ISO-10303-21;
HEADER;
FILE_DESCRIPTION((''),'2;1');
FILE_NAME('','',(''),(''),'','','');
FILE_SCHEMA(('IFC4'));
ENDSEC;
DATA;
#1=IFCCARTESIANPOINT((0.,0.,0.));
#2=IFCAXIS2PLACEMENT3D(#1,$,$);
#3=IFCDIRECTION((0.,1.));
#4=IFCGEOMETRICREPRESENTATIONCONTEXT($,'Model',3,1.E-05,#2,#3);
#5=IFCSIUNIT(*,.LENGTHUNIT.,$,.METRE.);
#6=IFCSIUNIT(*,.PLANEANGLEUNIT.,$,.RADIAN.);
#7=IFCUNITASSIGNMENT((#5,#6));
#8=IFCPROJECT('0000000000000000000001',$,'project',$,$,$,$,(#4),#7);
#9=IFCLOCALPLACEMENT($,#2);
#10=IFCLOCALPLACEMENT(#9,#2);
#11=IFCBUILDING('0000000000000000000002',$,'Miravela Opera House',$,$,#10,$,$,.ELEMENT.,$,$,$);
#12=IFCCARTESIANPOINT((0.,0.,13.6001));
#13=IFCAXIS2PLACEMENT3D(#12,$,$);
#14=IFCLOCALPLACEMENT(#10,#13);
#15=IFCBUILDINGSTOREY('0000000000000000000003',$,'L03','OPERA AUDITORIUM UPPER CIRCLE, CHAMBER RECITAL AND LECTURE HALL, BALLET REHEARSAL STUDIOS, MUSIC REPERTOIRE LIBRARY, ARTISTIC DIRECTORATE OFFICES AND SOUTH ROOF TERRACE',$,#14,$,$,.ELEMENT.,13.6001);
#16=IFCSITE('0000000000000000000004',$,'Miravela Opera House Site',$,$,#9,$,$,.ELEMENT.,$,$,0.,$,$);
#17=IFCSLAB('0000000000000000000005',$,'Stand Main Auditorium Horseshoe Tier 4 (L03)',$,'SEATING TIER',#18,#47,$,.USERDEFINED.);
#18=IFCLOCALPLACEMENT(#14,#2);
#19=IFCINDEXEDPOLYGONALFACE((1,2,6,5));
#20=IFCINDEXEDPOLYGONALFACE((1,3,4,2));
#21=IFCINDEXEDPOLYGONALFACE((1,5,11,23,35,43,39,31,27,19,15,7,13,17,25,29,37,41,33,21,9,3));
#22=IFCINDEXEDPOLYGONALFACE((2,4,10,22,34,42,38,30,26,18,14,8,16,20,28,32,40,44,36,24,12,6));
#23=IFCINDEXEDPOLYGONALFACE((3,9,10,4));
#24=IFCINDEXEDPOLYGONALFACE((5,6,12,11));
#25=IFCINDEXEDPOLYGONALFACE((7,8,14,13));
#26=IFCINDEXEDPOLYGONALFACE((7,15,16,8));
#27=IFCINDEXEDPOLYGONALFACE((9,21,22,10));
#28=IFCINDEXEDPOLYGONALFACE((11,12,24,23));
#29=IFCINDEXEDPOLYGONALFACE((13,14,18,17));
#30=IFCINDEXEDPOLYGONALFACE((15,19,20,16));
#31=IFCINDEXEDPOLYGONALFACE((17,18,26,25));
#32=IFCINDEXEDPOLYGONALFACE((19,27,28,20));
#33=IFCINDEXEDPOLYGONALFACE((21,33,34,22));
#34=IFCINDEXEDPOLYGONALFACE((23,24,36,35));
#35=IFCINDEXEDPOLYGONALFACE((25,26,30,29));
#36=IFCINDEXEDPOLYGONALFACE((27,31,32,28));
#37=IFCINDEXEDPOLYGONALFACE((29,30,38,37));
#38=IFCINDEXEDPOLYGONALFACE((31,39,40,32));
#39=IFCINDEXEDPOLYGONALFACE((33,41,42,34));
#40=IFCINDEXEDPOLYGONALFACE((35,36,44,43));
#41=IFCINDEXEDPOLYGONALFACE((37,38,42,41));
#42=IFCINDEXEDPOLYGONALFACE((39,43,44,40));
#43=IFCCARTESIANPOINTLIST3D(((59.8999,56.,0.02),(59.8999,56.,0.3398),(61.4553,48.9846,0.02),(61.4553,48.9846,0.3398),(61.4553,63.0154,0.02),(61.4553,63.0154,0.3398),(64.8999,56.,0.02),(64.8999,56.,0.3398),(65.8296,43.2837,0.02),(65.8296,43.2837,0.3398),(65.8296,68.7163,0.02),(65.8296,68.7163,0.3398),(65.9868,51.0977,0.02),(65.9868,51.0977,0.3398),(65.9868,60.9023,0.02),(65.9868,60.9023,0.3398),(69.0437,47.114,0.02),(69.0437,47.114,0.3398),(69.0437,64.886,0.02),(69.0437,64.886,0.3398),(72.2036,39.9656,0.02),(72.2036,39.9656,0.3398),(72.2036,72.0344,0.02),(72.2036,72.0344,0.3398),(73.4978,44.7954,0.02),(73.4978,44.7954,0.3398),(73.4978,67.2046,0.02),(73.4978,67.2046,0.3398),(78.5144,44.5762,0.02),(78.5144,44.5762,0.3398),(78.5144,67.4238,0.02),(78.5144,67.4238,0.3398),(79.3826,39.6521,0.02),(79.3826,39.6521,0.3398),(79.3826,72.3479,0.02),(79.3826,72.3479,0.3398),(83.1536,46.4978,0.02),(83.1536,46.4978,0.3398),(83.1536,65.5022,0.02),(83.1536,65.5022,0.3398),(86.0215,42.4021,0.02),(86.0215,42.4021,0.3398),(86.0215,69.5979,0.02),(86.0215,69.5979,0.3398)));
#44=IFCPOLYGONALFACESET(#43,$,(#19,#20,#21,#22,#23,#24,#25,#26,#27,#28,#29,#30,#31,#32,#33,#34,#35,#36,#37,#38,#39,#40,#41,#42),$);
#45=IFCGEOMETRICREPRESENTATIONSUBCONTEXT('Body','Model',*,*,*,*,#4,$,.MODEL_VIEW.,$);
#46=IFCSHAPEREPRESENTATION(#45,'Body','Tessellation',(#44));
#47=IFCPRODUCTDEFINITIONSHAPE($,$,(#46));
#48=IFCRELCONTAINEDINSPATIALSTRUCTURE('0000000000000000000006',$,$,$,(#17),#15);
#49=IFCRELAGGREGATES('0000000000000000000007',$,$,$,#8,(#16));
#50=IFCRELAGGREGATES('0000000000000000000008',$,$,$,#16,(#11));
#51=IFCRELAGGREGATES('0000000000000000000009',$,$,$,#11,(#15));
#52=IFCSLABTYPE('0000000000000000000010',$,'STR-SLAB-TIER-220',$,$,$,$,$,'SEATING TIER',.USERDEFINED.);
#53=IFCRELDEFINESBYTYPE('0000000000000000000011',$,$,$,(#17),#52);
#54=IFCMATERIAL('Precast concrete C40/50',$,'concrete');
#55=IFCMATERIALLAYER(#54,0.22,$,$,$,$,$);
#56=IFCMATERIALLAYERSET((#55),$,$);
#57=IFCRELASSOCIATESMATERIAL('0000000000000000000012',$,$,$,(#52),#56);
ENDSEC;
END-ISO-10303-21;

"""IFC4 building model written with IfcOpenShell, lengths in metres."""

from ifc_helpers import new_model, si_unit, direction, frame, origin, place, context, subcontext, project, spatial, polyline, outline, extrude, material, layer, layer_set, type_object, element, save


model = new_model("IFC4")

# Units and contexts
model_context = context("Model", 3, precision=1e-05, world=origin(), true_north=direction((0.0, 1.0)))
body_context = subcontext(model_context, "Body", "Model", "MODEL_VIEW")
ifc_project = project(units=[si_unit("LENGTHUNIT", "METRE"), si_unit("PLANEANGLEUNIT", "RADIAN")], contexts=[model_context])

# Site, building, storey
site_placement = place(None, origin())
site = spatial("IfcSite", under=ifc_project, at=site_placement, Name="Miravela Opera House Site", CompositionType="ELEMENT", RefElevation=0.0)
building_placement = place(site_placement, origin())
building = spatial("IfcBuilding", under=site, at=building_placement, Name="Miravela Opera House", CompositionType="ELEMENT")
storey_placement = place(building_placement, frame((0.0, 0.0, 13.6001)))
storey = spatial("IfcBuildingStorey", under=building, at=storey_placement, Name="L03", Description="OPERA AUDITORIUM UPPER CIRCLE, CHAMBER RECITAL AND LECTURE HALL, BALLET REHEARSAL STUDIOS, MUSIC REPERTOIRE LIBRARY, ARTISTIC DIRECTORATE OFFICES AND SOUTH ROOF TERRACE", CompositionType="ELEMENT", Elevation=13.6001)

# Slab
ifc_material_1 = material(Name="Precast concrete C40/50", Category="concrete")
ifc_layer_1 = layer(ifc_material_1, 0.22)
ifc_layer_set_1 = layer_set([ifc_layer_1])
slab_type_1 = type_object("IfcSlabType", Name="STR-SLAB-TIER-220", ElementType="SEATING TIER", PredefinedType="USERDEFINED", material=ifc_layer_set_1)
slab_1_placement = place(storey_placement, frame((0.0, 0.0, 0.02)))
element("IfcSlab", 1, at=slab_1_placement, inside=storey, type_object=slab_type_1, Name="Stand Main Auditorium Horseshoe Tier 4 (L03)", ObjectType="SEATING TIER", PredefinedType="USERDEFINED", context=body_context, shape_type="SweptSolid", body=[
    extrude(outline(polyline([(86.0215, 69.5979), (79.3826, 72.3479), (72.2036, 72.0344), (65.8296, 68.7163), (61.4553, 63.0154), (59.8999, 56.0), (61.4553, 48.9846), (65.8296, 43.2837), (72.2036, 39.9656), (79.3826, 39.6521), (86.0215, 42.4021), (83.1536, 46.4978), (78.5144, 44.5762), (73.4978, 44.7954), (69.0437, 47.114), (65.9868, 51.0977), (64.8999, 56.0), (65.9868, 60.9023), (69.0437, 64.886), (73.4978, 67.2046), (78.5144, 67.4238), (83.1536, 65.5022), (86.0215, 69.5979)])), origin(), (0.0, 0.0, 1.0), 0.3198),
])

save(model, "model.ifc")
